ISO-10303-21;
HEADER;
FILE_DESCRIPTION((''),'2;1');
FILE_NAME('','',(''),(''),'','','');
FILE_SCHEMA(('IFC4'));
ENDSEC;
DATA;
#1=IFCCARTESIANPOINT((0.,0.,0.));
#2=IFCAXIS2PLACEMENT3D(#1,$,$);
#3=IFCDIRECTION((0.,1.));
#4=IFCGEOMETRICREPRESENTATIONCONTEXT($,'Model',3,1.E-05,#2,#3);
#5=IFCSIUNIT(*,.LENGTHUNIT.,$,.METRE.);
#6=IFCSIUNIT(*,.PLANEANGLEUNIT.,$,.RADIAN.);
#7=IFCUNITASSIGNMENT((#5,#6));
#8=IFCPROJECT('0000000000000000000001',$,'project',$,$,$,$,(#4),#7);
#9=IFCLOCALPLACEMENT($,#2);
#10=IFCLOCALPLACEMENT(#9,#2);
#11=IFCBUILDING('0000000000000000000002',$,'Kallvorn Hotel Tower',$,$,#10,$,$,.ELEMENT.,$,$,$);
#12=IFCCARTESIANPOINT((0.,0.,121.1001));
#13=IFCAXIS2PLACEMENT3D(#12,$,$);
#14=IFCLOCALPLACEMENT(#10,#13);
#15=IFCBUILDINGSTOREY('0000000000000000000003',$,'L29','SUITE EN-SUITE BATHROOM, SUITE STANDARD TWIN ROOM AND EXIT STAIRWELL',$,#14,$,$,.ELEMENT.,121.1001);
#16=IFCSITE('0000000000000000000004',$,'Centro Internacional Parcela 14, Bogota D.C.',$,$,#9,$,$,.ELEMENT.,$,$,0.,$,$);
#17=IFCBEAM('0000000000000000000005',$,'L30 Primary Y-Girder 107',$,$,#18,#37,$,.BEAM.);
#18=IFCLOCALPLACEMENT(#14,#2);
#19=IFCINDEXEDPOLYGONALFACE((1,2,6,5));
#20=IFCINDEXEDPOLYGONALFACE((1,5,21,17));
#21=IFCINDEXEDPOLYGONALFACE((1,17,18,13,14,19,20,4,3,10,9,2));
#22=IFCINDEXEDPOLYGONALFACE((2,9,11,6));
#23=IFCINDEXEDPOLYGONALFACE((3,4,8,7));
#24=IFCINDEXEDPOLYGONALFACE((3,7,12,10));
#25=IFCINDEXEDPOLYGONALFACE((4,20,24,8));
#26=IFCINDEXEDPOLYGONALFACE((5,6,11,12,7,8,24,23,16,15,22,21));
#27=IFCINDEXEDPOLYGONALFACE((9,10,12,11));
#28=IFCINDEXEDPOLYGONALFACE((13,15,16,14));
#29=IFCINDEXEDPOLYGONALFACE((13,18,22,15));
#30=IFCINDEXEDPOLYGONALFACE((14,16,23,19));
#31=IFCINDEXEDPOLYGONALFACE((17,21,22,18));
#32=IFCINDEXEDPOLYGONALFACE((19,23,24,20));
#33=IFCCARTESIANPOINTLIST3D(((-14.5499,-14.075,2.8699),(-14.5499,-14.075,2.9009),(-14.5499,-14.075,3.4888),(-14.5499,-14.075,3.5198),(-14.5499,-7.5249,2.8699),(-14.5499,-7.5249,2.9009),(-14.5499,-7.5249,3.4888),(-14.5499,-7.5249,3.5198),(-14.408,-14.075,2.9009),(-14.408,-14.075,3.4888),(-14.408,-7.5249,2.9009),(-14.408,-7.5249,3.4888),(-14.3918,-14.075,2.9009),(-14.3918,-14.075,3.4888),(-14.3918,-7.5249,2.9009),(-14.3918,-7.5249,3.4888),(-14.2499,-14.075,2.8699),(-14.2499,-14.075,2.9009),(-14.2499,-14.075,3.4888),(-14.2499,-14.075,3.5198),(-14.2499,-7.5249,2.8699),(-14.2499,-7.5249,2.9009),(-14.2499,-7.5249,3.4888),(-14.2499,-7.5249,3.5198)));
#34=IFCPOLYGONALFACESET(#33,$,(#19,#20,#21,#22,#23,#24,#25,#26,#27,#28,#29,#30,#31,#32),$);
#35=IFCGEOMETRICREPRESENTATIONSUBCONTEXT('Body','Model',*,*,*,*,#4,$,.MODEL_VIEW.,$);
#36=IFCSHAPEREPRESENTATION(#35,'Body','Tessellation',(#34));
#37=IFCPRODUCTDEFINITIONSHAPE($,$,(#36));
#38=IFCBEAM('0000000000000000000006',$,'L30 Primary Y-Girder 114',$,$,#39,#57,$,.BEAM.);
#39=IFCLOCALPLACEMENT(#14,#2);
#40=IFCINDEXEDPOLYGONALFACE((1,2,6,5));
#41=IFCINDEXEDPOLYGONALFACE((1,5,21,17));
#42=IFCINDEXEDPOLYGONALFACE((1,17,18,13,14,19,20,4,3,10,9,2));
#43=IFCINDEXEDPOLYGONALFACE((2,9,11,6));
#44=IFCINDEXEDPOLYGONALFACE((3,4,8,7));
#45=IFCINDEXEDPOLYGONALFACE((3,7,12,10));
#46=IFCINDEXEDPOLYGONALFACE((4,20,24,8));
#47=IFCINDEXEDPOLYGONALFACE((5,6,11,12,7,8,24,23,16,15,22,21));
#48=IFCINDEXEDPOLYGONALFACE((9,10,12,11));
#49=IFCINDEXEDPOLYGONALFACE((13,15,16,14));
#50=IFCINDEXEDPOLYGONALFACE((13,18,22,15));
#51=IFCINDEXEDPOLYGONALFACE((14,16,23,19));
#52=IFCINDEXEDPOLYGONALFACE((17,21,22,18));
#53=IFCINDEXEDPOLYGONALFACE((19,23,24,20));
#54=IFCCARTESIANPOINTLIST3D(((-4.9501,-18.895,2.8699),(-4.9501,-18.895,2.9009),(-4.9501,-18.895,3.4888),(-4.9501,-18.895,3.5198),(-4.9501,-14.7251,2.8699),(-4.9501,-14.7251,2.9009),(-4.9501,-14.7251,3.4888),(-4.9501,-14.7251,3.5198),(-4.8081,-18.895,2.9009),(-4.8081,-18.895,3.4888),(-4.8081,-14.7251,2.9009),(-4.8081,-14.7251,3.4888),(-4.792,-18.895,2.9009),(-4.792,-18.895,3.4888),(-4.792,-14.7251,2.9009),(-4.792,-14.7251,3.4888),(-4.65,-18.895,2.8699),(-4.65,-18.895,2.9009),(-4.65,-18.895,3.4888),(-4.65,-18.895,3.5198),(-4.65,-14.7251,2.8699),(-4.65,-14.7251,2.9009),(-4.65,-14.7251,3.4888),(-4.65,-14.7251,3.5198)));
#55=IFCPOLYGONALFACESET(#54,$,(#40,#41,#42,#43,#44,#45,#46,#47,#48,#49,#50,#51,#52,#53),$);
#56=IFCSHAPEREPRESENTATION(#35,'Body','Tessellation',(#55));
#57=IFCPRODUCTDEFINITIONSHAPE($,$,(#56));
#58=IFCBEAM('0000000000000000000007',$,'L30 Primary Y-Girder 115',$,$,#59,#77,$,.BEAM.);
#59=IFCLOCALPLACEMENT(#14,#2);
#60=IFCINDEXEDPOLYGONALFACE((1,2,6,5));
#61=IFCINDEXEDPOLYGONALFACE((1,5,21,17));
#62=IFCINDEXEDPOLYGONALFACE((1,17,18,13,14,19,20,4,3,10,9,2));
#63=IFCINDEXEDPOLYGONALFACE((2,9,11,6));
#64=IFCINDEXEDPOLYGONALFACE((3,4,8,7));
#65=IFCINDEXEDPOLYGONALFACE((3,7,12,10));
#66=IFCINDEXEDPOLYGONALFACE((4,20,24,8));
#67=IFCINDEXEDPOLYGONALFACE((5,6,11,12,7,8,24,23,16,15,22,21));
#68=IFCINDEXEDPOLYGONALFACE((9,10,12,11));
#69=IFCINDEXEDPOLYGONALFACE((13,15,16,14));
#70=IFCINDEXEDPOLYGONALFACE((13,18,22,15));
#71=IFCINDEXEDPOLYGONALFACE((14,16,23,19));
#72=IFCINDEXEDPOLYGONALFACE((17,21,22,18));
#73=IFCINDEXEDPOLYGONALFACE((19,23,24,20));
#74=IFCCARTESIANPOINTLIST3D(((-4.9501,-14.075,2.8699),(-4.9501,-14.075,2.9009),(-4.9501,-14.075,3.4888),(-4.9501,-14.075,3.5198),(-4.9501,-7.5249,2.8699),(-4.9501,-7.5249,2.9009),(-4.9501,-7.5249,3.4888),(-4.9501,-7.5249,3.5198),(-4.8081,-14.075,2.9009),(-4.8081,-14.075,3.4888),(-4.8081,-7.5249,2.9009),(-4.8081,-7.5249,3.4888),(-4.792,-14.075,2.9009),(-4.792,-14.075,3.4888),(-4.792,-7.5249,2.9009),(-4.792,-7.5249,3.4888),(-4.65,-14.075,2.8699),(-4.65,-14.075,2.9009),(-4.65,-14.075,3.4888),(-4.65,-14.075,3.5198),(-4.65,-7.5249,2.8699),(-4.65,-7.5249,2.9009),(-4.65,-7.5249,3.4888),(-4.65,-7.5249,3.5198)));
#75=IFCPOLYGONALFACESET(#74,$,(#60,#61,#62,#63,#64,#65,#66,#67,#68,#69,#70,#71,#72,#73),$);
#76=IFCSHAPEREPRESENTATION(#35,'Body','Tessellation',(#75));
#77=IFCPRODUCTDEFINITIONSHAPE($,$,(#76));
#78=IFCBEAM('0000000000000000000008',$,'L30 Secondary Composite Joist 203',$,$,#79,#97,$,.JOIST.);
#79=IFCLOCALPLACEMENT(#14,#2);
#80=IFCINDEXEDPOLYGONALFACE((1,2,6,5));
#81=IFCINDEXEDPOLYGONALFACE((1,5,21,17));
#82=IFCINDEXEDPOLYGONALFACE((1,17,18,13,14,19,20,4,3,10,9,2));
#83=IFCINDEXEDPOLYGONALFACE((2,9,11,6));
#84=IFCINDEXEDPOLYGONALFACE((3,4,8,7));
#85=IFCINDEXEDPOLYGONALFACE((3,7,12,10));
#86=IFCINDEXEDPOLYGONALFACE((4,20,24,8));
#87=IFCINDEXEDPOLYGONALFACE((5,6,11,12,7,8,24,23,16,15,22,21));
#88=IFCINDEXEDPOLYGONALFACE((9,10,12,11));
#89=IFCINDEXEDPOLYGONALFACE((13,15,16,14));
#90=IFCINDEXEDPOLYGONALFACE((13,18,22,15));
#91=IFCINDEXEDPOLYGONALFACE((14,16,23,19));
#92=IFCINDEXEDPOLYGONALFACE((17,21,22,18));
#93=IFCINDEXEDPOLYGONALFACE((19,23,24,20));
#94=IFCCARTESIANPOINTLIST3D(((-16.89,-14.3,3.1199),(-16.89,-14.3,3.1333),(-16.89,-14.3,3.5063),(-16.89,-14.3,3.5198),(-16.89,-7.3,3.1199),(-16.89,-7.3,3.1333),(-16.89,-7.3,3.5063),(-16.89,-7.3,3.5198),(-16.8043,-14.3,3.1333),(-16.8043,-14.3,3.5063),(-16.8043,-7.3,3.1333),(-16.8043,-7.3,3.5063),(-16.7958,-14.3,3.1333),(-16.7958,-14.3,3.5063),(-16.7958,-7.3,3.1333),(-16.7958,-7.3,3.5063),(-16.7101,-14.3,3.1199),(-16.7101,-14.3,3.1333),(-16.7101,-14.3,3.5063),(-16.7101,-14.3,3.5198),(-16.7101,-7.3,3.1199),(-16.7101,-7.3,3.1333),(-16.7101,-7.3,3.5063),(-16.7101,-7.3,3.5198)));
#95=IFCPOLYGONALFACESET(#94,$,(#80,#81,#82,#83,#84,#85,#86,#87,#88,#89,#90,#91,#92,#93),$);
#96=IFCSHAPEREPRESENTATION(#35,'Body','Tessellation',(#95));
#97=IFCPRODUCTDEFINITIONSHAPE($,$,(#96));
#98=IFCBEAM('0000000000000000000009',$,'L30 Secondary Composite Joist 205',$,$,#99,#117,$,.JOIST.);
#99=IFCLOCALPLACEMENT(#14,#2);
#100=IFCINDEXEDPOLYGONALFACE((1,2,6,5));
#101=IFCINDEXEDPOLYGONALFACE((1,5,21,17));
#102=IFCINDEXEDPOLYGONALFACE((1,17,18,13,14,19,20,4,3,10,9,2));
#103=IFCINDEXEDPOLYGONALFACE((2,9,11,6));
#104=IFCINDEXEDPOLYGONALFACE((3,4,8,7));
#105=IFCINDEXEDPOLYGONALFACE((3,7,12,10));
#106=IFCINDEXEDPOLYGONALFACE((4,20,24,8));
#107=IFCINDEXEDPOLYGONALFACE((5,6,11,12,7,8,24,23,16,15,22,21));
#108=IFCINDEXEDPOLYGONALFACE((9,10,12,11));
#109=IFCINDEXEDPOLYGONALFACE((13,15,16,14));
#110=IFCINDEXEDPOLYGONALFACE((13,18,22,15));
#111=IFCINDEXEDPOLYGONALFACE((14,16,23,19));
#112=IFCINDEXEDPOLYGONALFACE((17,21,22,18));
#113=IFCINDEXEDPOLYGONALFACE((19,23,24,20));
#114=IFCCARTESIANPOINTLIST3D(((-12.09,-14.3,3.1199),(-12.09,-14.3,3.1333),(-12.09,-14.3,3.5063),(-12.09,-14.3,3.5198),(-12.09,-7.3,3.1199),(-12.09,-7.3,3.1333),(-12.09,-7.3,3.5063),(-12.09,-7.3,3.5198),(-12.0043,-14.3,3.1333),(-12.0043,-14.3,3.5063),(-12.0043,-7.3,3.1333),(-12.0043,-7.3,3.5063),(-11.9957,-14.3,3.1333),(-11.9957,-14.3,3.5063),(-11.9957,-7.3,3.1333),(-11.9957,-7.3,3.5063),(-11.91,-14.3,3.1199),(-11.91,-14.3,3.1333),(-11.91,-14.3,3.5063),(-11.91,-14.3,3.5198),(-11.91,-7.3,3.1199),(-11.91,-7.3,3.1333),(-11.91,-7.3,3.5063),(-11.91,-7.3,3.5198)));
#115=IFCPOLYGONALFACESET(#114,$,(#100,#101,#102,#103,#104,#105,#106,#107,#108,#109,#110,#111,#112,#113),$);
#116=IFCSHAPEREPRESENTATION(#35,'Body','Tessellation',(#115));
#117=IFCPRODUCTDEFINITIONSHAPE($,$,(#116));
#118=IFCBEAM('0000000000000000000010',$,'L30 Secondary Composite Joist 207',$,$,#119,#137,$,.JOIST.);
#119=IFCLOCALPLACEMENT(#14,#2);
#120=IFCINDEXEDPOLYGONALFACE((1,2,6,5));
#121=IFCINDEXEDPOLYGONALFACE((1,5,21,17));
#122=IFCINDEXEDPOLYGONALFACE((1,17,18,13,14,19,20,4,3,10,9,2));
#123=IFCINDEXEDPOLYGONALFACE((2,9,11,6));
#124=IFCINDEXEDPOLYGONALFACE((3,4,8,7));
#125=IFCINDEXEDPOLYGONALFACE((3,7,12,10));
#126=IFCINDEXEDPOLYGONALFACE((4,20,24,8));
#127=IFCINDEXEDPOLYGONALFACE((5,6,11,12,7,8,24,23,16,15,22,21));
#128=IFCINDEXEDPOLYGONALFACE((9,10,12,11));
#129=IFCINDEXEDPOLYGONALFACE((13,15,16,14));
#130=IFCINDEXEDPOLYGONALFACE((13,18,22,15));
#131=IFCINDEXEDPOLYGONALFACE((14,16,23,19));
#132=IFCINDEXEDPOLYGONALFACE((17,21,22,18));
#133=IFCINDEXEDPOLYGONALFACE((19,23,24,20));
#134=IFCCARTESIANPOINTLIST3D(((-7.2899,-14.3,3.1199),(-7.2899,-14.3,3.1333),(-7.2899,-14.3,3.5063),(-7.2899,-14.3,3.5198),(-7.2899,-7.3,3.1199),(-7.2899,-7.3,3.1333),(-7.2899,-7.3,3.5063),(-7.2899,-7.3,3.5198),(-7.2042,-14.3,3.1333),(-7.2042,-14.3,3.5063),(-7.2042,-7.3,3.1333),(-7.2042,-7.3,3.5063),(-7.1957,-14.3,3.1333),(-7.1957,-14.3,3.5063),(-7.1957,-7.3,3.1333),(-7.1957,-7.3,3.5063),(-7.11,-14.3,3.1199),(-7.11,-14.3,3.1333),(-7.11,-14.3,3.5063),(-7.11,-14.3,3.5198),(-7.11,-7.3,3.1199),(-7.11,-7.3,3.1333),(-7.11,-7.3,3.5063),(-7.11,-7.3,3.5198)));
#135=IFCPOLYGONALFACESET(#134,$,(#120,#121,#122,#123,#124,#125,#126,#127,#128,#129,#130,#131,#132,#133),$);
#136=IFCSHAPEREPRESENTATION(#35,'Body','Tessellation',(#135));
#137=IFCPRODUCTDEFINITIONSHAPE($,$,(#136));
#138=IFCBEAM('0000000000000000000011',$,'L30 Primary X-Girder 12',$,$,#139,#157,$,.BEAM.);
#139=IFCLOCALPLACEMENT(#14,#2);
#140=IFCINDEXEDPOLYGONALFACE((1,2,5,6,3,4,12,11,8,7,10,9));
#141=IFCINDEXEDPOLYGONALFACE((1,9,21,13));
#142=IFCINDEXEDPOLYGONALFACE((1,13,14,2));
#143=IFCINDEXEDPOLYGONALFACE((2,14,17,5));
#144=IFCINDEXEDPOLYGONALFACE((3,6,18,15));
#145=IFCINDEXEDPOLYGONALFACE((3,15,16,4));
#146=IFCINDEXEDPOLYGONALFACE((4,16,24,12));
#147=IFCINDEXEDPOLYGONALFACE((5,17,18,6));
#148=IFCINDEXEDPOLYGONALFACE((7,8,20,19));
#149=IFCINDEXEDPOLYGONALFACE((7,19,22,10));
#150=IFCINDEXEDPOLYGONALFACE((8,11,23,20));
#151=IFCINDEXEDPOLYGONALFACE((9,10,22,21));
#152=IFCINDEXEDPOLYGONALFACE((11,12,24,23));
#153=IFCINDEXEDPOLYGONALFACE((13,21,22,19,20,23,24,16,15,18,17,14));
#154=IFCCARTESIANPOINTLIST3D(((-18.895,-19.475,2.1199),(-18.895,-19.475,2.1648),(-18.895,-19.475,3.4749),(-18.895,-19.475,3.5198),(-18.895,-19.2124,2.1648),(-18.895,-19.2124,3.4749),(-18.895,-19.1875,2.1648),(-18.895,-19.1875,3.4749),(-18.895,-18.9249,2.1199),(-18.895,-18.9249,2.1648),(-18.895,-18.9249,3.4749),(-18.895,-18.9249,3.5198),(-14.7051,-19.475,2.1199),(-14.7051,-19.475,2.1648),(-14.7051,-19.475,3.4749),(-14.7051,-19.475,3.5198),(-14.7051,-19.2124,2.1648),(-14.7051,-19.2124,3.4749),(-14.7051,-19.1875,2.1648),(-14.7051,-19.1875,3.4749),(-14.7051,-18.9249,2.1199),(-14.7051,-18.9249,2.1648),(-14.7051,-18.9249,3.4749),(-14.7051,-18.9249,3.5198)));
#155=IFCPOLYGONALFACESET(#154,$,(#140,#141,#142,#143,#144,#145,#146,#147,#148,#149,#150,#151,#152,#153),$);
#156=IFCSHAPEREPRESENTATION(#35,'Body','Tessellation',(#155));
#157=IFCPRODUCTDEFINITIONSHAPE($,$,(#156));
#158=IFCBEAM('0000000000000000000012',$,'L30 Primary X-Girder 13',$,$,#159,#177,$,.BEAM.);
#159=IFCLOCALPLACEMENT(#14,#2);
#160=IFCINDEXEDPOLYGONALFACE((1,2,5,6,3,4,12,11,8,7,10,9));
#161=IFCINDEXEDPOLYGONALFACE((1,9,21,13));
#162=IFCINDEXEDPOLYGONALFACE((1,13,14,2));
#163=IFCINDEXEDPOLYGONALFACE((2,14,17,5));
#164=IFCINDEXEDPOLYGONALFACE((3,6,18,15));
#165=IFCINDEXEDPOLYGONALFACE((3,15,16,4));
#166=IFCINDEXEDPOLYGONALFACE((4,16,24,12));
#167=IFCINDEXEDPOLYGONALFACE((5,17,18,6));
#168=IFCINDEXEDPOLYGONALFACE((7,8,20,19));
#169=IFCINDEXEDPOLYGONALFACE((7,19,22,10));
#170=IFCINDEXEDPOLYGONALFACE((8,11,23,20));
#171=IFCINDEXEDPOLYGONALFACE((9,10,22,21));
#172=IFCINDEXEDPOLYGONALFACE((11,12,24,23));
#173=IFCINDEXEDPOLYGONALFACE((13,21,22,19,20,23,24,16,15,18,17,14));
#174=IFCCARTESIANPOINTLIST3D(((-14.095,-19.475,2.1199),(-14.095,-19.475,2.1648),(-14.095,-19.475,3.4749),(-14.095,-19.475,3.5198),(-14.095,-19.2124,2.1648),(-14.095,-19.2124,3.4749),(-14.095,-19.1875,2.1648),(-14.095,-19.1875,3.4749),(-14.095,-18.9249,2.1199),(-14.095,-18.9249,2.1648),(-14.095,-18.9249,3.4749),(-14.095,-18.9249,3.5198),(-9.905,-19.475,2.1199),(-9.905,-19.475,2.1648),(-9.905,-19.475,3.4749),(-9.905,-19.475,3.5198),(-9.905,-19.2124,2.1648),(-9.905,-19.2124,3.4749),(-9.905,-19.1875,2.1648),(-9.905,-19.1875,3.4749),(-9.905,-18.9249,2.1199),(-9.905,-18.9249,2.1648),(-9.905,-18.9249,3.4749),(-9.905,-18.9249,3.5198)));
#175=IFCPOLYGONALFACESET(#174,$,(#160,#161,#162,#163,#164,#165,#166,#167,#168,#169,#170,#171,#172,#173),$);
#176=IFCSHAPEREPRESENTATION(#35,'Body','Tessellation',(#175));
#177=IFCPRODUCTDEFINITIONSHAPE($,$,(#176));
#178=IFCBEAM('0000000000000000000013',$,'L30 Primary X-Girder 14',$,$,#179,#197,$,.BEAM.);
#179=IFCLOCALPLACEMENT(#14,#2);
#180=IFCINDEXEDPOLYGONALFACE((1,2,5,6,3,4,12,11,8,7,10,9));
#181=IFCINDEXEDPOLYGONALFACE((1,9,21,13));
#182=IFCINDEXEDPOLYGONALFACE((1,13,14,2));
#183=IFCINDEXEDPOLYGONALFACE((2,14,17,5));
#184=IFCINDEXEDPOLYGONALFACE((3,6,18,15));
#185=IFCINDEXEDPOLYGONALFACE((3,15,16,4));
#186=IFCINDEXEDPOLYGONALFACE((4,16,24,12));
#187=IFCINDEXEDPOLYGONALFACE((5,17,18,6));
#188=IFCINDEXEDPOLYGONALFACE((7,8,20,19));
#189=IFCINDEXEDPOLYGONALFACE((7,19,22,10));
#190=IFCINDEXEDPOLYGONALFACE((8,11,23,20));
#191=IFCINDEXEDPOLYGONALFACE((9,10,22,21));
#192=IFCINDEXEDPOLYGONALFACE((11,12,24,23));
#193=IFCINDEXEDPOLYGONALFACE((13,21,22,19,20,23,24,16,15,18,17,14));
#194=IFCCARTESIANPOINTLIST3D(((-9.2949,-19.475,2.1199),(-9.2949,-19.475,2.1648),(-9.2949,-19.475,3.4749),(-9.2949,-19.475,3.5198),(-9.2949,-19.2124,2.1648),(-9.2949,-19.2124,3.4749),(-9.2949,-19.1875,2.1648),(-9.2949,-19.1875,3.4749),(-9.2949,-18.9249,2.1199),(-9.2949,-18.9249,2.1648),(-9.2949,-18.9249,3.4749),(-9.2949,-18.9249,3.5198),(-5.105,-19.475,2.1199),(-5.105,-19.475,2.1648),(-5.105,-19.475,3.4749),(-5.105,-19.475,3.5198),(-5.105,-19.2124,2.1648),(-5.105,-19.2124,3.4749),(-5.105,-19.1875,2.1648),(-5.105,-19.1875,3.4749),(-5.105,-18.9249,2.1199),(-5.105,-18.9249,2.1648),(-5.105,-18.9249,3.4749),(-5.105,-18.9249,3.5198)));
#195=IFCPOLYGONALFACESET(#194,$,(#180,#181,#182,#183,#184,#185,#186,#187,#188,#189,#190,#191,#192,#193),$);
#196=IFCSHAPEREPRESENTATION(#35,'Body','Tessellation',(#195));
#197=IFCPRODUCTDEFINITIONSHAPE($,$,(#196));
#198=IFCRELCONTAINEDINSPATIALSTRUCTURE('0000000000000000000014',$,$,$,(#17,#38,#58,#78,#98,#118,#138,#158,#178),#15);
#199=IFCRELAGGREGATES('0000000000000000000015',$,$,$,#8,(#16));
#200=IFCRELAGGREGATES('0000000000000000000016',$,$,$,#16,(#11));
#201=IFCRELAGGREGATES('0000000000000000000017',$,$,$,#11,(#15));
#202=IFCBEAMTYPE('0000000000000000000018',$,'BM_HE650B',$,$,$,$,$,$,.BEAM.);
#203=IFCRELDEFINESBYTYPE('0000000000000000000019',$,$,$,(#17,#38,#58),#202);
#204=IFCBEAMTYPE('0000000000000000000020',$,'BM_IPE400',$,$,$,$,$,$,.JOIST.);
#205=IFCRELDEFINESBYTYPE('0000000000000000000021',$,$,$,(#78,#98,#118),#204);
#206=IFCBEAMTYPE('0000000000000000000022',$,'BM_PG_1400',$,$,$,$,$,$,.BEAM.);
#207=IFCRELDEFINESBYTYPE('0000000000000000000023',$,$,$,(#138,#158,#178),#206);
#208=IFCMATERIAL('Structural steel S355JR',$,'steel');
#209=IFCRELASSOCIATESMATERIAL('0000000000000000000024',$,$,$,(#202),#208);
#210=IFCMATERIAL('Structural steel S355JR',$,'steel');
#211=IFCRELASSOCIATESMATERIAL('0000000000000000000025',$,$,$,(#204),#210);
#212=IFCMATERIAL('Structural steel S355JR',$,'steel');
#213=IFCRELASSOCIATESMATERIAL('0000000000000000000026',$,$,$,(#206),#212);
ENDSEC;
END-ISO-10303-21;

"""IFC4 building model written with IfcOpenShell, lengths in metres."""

from ifc_helpers import new_model, si_unit, direction, frame, origin, origin_2d, place, context, subcontext, project, spatial, i_section, extrude, material, material_profile, profile_set, type_object, element, save


model = new_model("IFC4")

# Units and contexts
model_context = context("Model", 3, precision=1e-05, world=origin(), true_north=direction((0.0, 1.0)))
body_context = subcontext(model_context, "Body", "Model", "MODEL_VIEW")
ifc_project = project(units=[si_unit("LENGTHUNIT", "METRE"), si_unit("PLANEANGLEUNIT", "RADIAN")], contexts=[model_context])

# Site, building, storey
site_placement = place(None, origin())
site = spatial("IfcSite", under=ifc_project, at=site_placement, Name="Centro Internacional Parcela 14, Bogota D.C.", CompositionType="ELEMENT", RefElevation=0.0)
building_placement = place(site_placement, origin())
building = spatial("IfcBuilding", under=site, at=building_placement, Name="Kallvorn Hotel Tower", CompositionType="ELEMENT")
storey_placement = place(building_placement, frame((0.0, 0.0, 121.1001)))
storey = spatial("IfcBuildingStorey", under=building, at=storey_placement, Name="L29", Description="SUITE EN-SUITE BATHROOM, SUITE STANDARD TWIN ROOM AND EXIT STAIRWELL", CompositionType="ELEMENT", Elevation=121.1001)

# Beams
ifc_material_1 = material(Name="Structural steel S355JR", Category="steel")
ifc_material_profile_1 = material_profile(ifc_material_1, i_section(OverallWidth=0.3, OverallDepth=0.6499, WebThickness=0.0161, FlangeThickness=0.031, at=origin_2d()), Name="HE 650 B")
ifc_profile_set_1 = profile_set([ifc_material_profile_1], Name="Structural steel S355JR")
beam_type_1 = type_object("IfcBeamType", Name="BM_HE650B", PredefinedType="BEAM", material=ifc_profile_set_1)
beam_1_placement = place(storey_placement, frame((-14.3999, -14.075, 3.1948), z_axis=(0.0, 1.0, 0.0), x_axis=(-1.0, 0.0, 0.0)))
element("IfcBeam", 1, at=beam_1_placement, inside=storey, type_object=beam_type_1, Name="L30 Primary Y-Girder 107", PredefinedType="BEAM", context=body_context, shape_type="SweptSolid", body=[
    extrude(i_section(OverallWidth=0.3, OverallDepth=0.6499, WebThickness=0.0161, FlangeThickness=0.031, at=origin_2d()), origin(), (0.0, 0.0, 1.0), 6.55),
])
beam_2_placement = place(storey_placement, frame((-4.8, -18.895, 3.1948), z_axis=(0.0, 1.0, 0.0), x_axis=(-1.0, 0.0, 0.0)))
element("IfcBeam", 2, at=beam_2_placement, inside=storey, type_object=beam_type_1, Name="L30 Primary Y-Girder 114", PredefinedType="BEAM", context=body_context, shape_type="SweptSolid", body=[
    extrude(i_section(OverallWidth=0.3, OverallDepth=0.6499, WebThickness=0.0161, FlangeThickness=0.031, at=origin_2d()), origin(), (0.0, 0.0, 1.0), 4.1699),
])
beam_3_placement = place(storey_placement, frame((-4.8, -14.075, 3.1948), z_axis=(0.0, 1.0, 0.0), x_axis=(-1.0, 0.0, 0.0)))
element("IfcBeam", 3, at=beam_3_placement, inside=storey, type_object=beam_type_1, Name="L30 Primary Y-Girder 115", PredefinedType="BEAM", context=body_context, shape_type="SweptSolid", body=[
    extrude(i_section(OverallWidth=0.3, OverallDepth=0.6499, WebThickness=0.0161, FlangeThickness=0.031, at=origin_2d()), origin(), (0.0, 0.0, 1.0), 6.55),
])
ifc_material_2 = material(Name="Structural steel S355JR", Category="steel")
ifc_material_profile_2 = material_profile(ifc_material_2, i_section(OverallWidth=0.1799, OverallDepth=0.3999, WebThickness=0.0085, FlangeThickness=0.0134, at=origin_2d()), Name="IPE 400")
ifc_profile_set_2 = profile_set([ifc_material_profile_2], Name="Structural steel S355JR")
beam_type_2 = type_object("IfcBeamType", Name="BM_IPE400", PredefinedType="JOIST", material=ifc_profile_set_2)
for number, where, z_axis, x_axis, name in (
    (4, (-16.8, -14.3, 3.3198), (0.0, 1.0, 0.0), (-1.0, 0.0, 0.0), "L30 Secondary Composite Joist 203"),
    (5, (-12.0, -14.3, 3.3198), (0.0, 1.0, 0.0), (-1.0, 0.0, 0.0), "L30 Secondary Composite Joist 205"),
    (6, (-7.2, -14.3, 3.3198), (0.0, 1.0, 0.0), (-1.0, 0.0, 0.0), "L30 Secondary Composite Joist 207"),
):
    element("IfcBeam", number, at=place(storey_placement, frame(where, z_axis=z_axis, x_axis=x_axis)), inside=storey, type_object=beam_type_2, Name=name, PredefinedType="JOIST", context=body_context, shape_type="SweptSolid", body=[
        extrude(i_section(OverallWidth=0.1799, OverallDepth=0.3999, WebThickness=0.0085, FlangeThickness=0.0134, at=origin_2d()), origin(), (0.0, 0.0, 1.0), 7.0),
    ])
ifc_material_3 = material(Name="Structural steel S355JR", Category="steel")
ifc_material_profile_3 = material_profile(ifc_material_3, i_section(OverallWidth=0.55, OverallDepth=1.3999, WebThickness=0.0249, FlangeThickness=0.0449, at=origin_2d()), Name="PG 1400x550x25x45")
ifc_profile_set_3 = profile_set([ifc_material_profile_3], Name="Structural steel S355JR")
beam_type_3 = type_object("IfcBeamType", Name="BM_PG_1400", PredefinedType="BEAM", material=ifc_profile_set_3)
for number, where, z_axis, x_axis, name in (
    (7, (-18.895, -19.2, 2.8198), (1.0, 0.0, 0.0), (0.0, 1.0, 0.0), "L30 Primary X-Girder 12"),
    (8, (-14.095, -19.2, 2.8198), (1.0, 0.0, 0.0), (0.0, 1.0, 0.0), "L30 Primary X-Girder 13"),
    (9, (-9.2949, -19.2, 2.8198), (1.0, 0.0, 0.0), (0.0, 1.0, 0.0), "L30 Primary X-Girder 14"),
):
    element("IfcBeam", number, at=place(storey_placement, frame(where, z_axis=z_axis, x_axis=x_axis)), inside=storey, type_object=beam_type_3, Name=name, PredefinedType="BEAM", context=body_context, shape_type="SweptSolid", body=[
        extrude(i_section(OverallWidth=0.55, OverallDepth=1.3999, WebThickness=0.0249, FlangeThickness=0.0449, at=origin_2d()), origin(), (0.0, 0.0, 1.0), 4.1899),
    ])

save(model, "model.ifc")
